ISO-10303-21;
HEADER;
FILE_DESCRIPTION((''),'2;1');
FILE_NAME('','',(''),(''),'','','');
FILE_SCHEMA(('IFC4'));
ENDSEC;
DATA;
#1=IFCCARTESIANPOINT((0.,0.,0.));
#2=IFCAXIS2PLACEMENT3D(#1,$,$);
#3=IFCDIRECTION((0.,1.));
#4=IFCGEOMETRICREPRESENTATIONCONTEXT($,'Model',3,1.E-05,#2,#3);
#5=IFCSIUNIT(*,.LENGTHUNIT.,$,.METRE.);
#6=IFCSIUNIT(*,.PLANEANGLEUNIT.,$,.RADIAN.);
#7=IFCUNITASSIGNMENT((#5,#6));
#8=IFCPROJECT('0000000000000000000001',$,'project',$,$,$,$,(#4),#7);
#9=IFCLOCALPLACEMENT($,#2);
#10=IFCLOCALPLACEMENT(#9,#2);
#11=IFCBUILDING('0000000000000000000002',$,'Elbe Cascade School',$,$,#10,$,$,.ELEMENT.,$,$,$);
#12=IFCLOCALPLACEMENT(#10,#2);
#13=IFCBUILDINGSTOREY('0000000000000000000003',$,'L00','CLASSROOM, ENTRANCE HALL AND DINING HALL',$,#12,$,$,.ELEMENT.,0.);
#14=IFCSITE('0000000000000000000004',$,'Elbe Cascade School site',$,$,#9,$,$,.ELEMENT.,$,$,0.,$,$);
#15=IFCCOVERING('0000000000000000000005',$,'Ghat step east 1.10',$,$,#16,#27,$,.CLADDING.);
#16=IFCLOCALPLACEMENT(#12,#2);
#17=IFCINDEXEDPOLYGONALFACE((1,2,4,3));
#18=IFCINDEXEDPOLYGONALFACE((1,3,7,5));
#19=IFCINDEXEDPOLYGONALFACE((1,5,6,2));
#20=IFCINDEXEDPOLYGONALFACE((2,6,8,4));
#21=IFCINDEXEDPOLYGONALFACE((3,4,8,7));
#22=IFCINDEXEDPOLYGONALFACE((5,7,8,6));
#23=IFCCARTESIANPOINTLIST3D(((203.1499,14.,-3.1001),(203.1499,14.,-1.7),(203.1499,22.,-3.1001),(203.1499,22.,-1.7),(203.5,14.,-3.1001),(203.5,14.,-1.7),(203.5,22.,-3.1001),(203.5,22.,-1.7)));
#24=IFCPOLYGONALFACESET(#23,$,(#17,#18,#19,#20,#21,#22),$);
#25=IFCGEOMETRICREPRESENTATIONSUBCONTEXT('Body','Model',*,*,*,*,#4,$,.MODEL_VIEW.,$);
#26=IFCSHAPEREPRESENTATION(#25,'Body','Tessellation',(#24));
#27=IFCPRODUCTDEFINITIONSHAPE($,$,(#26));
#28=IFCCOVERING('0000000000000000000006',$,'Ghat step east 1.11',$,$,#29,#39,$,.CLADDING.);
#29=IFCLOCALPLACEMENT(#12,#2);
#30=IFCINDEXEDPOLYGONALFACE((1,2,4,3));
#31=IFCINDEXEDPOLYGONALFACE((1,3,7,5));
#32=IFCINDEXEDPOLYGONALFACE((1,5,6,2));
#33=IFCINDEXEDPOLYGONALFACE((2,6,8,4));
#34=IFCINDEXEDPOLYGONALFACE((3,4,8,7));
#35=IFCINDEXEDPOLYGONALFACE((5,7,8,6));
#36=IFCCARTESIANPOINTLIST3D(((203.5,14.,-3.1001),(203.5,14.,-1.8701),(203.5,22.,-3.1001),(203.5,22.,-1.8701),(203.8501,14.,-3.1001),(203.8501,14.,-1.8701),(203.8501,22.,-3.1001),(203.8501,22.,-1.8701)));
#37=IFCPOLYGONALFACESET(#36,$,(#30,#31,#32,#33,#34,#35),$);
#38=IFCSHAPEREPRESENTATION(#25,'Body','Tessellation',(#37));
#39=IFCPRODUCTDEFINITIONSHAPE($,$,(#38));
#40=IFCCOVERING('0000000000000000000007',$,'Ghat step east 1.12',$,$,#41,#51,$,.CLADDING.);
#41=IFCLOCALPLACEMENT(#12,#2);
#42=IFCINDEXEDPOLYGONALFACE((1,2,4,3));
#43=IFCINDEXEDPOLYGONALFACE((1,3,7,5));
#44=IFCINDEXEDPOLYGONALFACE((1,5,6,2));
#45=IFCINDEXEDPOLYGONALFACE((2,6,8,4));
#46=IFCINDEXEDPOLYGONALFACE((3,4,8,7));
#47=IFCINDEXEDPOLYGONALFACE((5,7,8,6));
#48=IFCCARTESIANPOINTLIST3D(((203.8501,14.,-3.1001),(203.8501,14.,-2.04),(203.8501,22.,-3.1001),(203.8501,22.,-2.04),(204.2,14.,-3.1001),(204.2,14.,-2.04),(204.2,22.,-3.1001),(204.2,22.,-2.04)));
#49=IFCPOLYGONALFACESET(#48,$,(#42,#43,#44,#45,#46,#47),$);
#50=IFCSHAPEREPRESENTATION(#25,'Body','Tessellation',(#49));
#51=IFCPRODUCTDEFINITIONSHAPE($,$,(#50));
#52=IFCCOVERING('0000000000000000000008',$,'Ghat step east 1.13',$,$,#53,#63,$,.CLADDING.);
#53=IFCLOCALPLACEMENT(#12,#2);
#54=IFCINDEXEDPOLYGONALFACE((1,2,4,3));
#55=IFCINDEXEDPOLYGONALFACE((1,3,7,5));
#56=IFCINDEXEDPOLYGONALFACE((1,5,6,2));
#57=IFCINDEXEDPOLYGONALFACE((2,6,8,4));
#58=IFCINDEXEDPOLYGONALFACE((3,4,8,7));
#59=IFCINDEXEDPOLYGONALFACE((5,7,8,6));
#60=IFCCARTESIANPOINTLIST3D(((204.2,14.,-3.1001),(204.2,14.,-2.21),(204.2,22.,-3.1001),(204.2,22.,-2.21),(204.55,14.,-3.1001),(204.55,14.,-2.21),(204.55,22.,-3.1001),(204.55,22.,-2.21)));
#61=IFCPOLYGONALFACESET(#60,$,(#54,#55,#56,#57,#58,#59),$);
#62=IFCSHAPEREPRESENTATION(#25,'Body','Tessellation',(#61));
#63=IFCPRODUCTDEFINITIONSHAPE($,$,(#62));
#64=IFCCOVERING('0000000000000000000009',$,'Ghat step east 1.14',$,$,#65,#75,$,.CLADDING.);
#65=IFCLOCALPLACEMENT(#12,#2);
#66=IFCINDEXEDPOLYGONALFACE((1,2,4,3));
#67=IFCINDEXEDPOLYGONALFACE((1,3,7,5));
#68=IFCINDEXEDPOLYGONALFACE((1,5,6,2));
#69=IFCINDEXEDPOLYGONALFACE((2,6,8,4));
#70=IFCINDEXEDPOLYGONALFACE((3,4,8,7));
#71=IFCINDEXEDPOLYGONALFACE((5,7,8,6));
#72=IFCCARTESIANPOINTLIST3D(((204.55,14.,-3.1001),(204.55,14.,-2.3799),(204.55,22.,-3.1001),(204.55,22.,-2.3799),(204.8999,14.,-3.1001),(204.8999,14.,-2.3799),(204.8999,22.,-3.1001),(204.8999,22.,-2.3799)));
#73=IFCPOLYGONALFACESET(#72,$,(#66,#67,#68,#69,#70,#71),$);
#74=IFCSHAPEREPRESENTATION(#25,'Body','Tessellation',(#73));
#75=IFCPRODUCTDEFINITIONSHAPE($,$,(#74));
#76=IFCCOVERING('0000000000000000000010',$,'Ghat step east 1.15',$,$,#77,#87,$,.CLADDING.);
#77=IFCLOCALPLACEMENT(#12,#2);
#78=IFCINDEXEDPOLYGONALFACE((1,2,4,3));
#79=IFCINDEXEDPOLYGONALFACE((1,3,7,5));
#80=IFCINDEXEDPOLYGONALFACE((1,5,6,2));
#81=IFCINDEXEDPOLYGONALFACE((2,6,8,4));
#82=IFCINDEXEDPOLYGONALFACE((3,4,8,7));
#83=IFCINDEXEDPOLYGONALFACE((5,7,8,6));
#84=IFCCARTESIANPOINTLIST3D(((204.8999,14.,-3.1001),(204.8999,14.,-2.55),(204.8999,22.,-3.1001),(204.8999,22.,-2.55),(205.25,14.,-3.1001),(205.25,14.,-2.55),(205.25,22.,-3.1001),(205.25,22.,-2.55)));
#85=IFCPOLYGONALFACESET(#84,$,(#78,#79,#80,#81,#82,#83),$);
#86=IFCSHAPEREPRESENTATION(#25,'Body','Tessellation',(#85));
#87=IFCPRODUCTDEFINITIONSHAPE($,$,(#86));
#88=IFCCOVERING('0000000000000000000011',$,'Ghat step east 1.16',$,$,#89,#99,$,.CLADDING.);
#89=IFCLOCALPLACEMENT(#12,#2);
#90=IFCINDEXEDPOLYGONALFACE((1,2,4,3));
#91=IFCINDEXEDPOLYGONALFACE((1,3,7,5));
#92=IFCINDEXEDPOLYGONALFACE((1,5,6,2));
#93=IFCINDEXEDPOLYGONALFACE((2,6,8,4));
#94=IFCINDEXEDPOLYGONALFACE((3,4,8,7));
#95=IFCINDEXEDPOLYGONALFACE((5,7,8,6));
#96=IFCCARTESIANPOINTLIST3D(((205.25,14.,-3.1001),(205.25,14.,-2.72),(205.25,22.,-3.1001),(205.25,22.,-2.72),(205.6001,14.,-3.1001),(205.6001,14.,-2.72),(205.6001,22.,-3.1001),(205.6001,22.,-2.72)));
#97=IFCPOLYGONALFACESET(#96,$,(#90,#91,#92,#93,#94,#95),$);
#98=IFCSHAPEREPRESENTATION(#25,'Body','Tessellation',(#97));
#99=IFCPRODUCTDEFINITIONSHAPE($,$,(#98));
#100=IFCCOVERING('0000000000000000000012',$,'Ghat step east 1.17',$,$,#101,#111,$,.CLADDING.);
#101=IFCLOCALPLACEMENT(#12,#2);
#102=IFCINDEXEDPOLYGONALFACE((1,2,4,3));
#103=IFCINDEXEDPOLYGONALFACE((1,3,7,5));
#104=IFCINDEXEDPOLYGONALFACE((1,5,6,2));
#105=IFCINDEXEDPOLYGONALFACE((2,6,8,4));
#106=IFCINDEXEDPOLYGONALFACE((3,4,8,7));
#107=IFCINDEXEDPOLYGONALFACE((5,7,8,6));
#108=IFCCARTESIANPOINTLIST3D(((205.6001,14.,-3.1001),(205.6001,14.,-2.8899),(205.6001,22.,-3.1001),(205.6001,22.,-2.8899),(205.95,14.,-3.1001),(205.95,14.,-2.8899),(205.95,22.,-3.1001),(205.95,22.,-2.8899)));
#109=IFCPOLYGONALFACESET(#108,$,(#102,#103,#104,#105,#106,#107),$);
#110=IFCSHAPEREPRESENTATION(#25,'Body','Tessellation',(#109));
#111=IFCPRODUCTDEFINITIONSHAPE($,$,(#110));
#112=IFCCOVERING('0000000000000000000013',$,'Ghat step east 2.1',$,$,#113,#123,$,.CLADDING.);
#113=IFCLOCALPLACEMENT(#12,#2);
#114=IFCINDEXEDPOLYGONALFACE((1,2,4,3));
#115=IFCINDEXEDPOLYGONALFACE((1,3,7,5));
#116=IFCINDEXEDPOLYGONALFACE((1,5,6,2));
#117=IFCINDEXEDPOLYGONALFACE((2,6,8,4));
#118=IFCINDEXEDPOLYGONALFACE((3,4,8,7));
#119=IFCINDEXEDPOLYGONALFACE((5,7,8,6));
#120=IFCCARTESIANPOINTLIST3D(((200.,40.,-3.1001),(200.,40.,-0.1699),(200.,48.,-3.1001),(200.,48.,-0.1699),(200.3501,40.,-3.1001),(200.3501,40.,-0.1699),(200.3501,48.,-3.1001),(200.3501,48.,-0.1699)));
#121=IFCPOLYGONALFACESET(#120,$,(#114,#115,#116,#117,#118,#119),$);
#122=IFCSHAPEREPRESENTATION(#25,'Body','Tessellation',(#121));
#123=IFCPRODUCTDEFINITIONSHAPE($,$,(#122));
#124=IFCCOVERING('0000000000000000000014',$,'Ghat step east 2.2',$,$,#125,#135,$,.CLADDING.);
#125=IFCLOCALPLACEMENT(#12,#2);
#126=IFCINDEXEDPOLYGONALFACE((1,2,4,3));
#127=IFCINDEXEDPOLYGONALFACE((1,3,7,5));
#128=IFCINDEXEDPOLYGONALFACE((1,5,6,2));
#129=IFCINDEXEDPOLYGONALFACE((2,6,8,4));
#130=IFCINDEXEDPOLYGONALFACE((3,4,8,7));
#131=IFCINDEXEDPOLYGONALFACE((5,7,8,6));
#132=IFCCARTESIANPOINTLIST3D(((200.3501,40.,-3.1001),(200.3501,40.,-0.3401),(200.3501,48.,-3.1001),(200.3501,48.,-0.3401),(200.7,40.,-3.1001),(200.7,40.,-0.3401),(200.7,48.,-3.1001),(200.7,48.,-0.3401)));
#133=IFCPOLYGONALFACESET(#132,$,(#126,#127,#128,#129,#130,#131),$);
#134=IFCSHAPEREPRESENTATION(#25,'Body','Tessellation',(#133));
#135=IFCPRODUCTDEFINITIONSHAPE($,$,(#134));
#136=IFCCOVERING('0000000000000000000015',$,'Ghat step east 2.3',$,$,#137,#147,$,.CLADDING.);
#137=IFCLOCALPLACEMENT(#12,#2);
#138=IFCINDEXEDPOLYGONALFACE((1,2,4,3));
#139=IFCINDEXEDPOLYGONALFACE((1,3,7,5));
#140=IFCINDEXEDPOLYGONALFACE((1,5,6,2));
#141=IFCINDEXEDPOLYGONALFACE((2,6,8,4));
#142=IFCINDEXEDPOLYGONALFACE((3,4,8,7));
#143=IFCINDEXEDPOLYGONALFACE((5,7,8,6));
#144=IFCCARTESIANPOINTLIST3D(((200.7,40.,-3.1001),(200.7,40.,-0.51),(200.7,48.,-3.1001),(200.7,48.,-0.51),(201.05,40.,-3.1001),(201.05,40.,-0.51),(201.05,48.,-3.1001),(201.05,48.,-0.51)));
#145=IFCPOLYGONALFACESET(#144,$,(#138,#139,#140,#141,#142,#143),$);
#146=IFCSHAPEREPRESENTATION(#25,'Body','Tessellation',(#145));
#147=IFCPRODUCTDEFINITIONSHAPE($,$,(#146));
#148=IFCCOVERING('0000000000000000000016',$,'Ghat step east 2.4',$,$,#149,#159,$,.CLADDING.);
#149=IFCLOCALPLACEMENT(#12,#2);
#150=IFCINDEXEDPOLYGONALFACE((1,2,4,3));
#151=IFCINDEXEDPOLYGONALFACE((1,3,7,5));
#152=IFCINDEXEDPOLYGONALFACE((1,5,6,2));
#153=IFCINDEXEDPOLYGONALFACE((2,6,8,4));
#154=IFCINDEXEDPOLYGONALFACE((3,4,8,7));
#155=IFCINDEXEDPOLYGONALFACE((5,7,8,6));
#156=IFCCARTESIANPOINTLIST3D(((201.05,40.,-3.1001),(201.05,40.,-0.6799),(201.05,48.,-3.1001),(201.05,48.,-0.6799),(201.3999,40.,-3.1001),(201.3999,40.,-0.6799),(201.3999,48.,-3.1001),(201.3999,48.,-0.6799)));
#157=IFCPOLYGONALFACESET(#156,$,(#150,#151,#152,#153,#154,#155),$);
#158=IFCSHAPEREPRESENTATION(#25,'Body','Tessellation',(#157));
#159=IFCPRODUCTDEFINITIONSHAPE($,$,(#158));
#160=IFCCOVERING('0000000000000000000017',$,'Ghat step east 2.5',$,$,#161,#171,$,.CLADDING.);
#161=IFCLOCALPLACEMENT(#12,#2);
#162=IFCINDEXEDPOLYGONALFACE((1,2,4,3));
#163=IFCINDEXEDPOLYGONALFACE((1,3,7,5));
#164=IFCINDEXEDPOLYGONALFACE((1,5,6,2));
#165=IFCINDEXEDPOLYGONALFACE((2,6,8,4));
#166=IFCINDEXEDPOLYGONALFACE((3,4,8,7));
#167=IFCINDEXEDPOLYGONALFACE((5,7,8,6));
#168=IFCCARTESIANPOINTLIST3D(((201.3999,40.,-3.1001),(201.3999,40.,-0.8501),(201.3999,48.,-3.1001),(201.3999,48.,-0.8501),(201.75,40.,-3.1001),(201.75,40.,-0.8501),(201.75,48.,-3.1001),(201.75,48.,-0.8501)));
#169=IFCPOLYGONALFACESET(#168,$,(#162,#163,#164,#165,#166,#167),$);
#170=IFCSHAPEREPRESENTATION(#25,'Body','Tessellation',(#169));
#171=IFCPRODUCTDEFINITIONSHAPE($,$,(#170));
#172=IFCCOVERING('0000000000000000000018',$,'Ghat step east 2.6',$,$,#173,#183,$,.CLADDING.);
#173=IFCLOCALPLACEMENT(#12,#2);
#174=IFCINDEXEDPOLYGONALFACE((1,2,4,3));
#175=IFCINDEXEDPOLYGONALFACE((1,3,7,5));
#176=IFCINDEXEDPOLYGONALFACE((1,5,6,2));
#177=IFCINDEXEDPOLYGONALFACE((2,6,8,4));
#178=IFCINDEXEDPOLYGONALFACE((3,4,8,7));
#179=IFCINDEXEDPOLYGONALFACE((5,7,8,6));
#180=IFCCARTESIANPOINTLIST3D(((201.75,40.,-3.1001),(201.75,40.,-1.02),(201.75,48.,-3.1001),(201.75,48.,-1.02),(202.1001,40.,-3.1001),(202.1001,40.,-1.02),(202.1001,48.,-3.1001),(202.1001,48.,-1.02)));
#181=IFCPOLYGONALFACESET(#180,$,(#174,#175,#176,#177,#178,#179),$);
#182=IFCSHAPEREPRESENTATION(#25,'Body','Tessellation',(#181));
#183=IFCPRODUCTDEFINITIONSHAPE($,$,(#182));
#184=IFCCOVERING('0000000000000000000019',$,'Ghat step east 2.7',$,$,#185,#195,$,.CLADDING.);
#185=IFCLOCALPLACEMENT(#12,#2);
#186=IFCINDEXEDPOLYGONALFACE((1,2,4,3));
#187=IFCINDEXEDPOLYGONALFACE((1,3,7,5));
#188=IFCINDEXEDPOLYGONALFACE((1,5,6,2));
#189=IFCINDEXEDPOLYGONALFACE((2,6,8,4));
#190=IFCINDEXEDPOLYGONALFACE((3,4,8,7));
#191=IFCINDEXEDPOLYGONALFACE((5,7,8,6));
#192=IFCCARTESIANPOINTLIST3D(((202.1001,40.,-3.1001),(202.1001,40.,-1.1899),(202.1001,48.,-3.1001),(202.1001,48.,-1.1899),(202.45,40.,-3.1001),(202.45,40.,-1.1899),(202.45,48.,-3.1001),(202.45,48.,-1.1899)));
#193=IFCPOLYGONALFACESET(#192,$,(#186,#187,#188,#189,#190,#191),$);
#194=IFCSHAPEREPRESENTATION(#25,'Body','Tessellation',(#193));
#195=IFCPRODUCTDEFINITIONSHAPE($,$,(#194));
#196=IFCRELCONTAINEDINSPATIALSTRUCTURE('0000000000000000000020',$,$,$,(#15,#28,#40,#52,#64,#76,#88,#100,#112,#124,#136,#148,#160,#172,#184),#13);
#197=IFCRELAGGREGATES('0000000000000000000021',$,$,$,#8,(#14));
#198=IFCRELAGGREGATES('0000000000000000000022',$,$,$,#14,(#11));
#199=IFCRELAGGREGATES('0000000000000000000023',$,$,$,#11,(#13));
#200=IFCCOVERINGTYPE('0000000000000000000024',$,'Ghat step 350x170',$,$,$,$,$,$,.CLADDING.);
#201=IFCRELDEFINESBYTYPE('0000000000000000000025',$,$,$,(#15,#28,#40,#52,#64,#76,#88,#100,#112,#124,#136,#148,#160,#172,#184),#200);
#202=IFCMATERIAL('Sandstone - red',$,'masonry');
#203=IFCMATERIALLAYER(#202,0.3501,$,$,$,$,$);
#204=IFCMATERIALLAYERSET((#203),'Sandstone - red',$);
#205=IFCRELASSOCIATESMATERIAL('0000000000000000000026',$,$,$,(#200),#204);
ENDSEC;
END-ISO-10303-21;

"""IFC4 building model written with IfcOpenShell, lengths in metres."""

from ifc_helpers import new_model, si_unit, direction, frame, origin, place, context, subcontext, project, spatial, polyline, outline, extrude, material, layer, layer_set, type_object, element, save


model = new_model("IFC4")

# Units and contexts
model_context = context("Model", 3, precision=1e-05, world=origin(), true_north=direction((0.0, 1.0)))
body_context = subcontext(model_context, "Body", "Model", "MODEL_VIEW")
ifc_project = project(units=[si_unit("LENGTHUNIT", "METRE"), si_unit("PLANEANGLEUNIT", "RADIAN")], contexts=[model_context])

# Site, building, storey
site_placement = place(None, origin())
site = spatial("IfcSite", under=ifc_project, at=site_placement, Name="Elbe Cascade School site", CompositionType="ELEMENT", RefElevation=0.0)
building_placement = place(site_placement, origin())
building = spatial("IfcBuilding", under=site, at=building_placement, Name="Elbe Cascade School", CompositionType="ELEMENT")
storey_placement = place(building_placement, origin())
storey = spatial("IfcBuildingStorey", under=building, at=storey_placement, Name="L00", Description="CLASSROOM, ENTRANCE HALL AND DINING HALL", CompositionType="ELEMENT", Elevation=0.0)

# Coverings
ifc_material = material(Name="Sandstone - red", Category="masonry")
ifc_layer = layer(ifc_material, 0.3501)
ifc_layer_set = layer_set([ifc_layer], Name="Sandstone - red")
covering_type = type_object("IfcCoveringType", Name="Ghat step 350x170", PredefinedType="CLADDING", material=ifc_layer_set)
covering_1_placement = place(storey_placement, frame((0.0, 0.0, -3.1001)))
element("IfcCovering", 1, at=covering_1_placement, inside=storey, type_object=covering_type, Name="Ghat step east 1.10", PredefinedType="CLADDING", context=body_context, shape_type="SweptSolid", body=[
    extrude(outline(polyline([(203.1499, 14.0), (203.5, 14.0), (203.5, 22.0), (203.1499, 22.0), (203.1499, 14.0)])), origin(), (0.0, 0.0, 1.0), 1.4001),
])
covering_2_placement = place(storey_placement, frame((0.0, 0.0, -3.1001)))
element("IfcCovering", 2, at=covering_2_placement, inside=storey, type_object=covering_type, Name="Ghat step east 1.11", PredefinedType="CLADDING", context=body_context, shape_type="SweptSolid", body=[
    extrude(outline(polyline([(203.5, 14.0), (203.8501, 14.0), (203.8501, 22.0), (203.5, 22.0), (203.5, 14.0)])), origin(), (0.0, 0.0, 1.0), 1.23),
])
covering_3_placement = place(storey_placement, frame((0.0, 0.0, -3.1001)))
element("IfcCovering", 3, at=covering_3_placement, inside=storey, type_object=covering_type, Name="Ghat step east 1.12", PredefinedType="CLADDING", context=body_context, shape_type="SweptSolid", body=[
    extrude(outline(polyline([(203.8501, 14.0), (204.2, 14.0), (204.2, 22.0), (203.8501, 22.0), (203.8501, 14.0)])), origin(), (0.0, 0.0, 1.0), 1.0601),
])
covering_4_placement = place(storey_placement, frame((0.0, 0.0, -3.1001)))
element("IfcCovering", 4, at=covering_4_placement, inside=storey, type_object=covering_type, Name="Ghat step east 1.13", PredefinedType="CLADDING", context=body_context, shape_type="SweptSolid", body=[
    extrude(outline(polyline([(204.2, 14.0), (204.55, 14.0), (204.55, 22.0), (204.2, 22.0), (204.2, 14.0)])), origin(), (0.0, 0.0, 1.0), 0.8901),
])
covering_5_placement = place(storey_placement, frame((0.0, 0.0, -3.1001)))
element("IfcCovering", 5, at=covering_5_placement, inside=storey, type_object=covering_type, Name="Ghat step east 1.14", PredefinedType="CLADDING", context=body_context, shape_type="SweptSolid", body=[
    extrude(outline(polyline([(204.55, 14.0), (204.8999, 14.0), (204.8999, 22.0), (204.55, 22.0), (204.55, 14.0)])), origin(), (0.0, 0.0, 1.0), 0.7202),
])
covering_6_placement = place(storey_placement, frame((0.0, 0.0, -3.1001)))
element("IfcCovering", 6, at=covering_6_placement, inside=storey, type_object=covering_type, Name="Ghat step east 1.15", PredefinedType="CLADDING", context=body_context, shape_type="SweptSolid", body=[
    extrude(outline(polyline([(204.8999, 14.0), (205.25, 14.0), (205.25, 22.0), (204.8999, 22.0), (204.8999, 14.0)])), origin(), (0.0, 0.0, 1.0), 0.55),
])
covering_7_placement = place(storey_placement, frame((0.0, 0.0, -3.1001)))
element("IfcCovering", 7, at=covering_7_placement, inside=storey, type_object=covering_type, Name="Ghat step east 1.16", PredefinedType="CLADDING", context=body_context, shape_type="SweptSolid", body=[
    extrude(outline(polyline([(205.25, 14.0), (205.6001, 14.0), (205.6001, 22.0), (205.25, 22.0), (205.25, 14.0)])), origin(), (0.0, 0.0, 1.0), 0.3801),
])
covering_8_placement = place(storey_placement, frame((0.0, 0.0, -3.1001)))
element("IfcCovering", 8, at=covering_8_placement, inside=storey, type_object=covering_type, Name="Ghat step east 1.17", PredefinedType="CLADDING", context=body_context, shape_type="SweptSolid", body=[
    extrude(outline(polyline([(205.6001, 14.0), (205.95, 14.0), (205.95, 22.0), (205.6001, 22.0), (205.6001, 14.0)])), origin(), (0.0, 0.0, 1.0), 0.2102),
])
covering_9_placement = place(storey_placement, frame((0.0, 0.0, -3.1001)))
element("IfcCovering", 9, at=covering_9_placement, inside=storey, type_object=covering_type, Name="Ghat step east 2.1", PredefinedType="CLADDING", context=body_context, shape_type="SweptSolid", body=[
    extrude(outline(polyline([(200.0, 40.0), (200.3501, 40.0), (200.3501, 48.0), (200.0, 48.0), (200.0, 40.0)])), origin(), (0.0, 0.0, 1.0), 2.9302),
])
covering_10_placement = place(storey_placement, frame((0.0, 0.0, -3.1001)))
element("IfcCovering", 10, at=covering_10_placement, inside=storey, type_object=covering_type, Name="Ghat step east 2.2", PredefinedType="CLADDING", context=body_context, shape_type="SweptSolid", body=[
    extrude(outline(polyline([(200.3501, 40.0), (200.7, 40.0), (200.7, 48.0), (200.3501, 48.0), (200.3501, 40.0)])), origin(), (0.0, 0.0, 1.0), 2.76),
])
covering_11_placement = place(storey_placement, frame((0.0, 0.0, -3.1001)))
element("IfcCovering", 11, at=covering_11_placement, inside=storey, type_object=covering_type, Name="Ghat step east 2.3", PredefinedType="CLADDING", context=body_context, shape_type="SweptSolid", body=[
    extrude(outline(polyline([(200.7, 40.0), (201.05, 40.0), (201.05, 48.0), (200.7, 48.0), (200.7, 40.0)])), origin(), (0.0, 0.0, 1.0), 2.5901),
])
covering_12_placement = place(storey_placement, frame((0.0, 0.0, -3.1001)))
element("IfcCovering", 12, at=covering_12_placement, inside=storey, type_object=covering_type, Name="Ghat step east 2.4", PredefinedType="CLADDING", context=body_context, shape_type="SweptSolid", body=[
    extrude(outline(polyline([(201.05, 40.0), (201.3999, 40.0), (201.3999, 48.0), (201.05, 48.0), (201.05, 40.0)])), origin(), (0.0, 0.0, 1.0), 2.4202),
])
covering_13_placement = place(storey_placement, frame((0.0, 0.0, -3.1001)))
element("IfcCovering", 13, at=covering_13_placement, inside=storey, type_object=covering_type, Name="Ghat step east 2.5", PredefinedType="CLADDING", context=body_context, shape_type="SweptSolid", body=[
    extrude(outline(polyline([(201.3999, 40.0), (201.75, 40.0), (201.75, 48.0), (201.3999, 48.0), (201.3999, 40.0)])), origin(), (0.0, 0.0, 1.0), 2.25),
])
covering_14_placement = place(storey_placement, frame((0.0, 0.0, -3.1001)))
element("IfcCovering", 14, at=covering_14_placement, inside=storey, type_object=covering_type, Name="Ghat step east 2.6", PredefinedType="CLADDING", context=body_context, shape_type="SweptSolid", body=[
    extrude(outline(polyline([(201.75, 40.0), (202.1001, 40.0), (202.1001, 48.0), (201.75, 48.0), (201.75, 40.0)])), origin(), (0.0, 0.0, 1.0), 2.0801),
])
covering_15_placement = place(storey_placement, frame((0.0, 0.0, -3.1001)))
element("IfcCovering", 15, at=covering_15_placement, inside=storey, type_object=covering_type, Name="Ghat step east 2.7", PredefinedType="CLADDING", context=body_context, shape_type="SweptSolid", body=[
    extrude(outline(polyline([(202.1001, 40.0), (202.45, 40.0), (202.45, 48.0), (202.1001, 48.0), (202.1001, 40.0)])), origin(), (0.0, 0.0, 1.0), 1.9102),
])

save(model, "model.ifc")
